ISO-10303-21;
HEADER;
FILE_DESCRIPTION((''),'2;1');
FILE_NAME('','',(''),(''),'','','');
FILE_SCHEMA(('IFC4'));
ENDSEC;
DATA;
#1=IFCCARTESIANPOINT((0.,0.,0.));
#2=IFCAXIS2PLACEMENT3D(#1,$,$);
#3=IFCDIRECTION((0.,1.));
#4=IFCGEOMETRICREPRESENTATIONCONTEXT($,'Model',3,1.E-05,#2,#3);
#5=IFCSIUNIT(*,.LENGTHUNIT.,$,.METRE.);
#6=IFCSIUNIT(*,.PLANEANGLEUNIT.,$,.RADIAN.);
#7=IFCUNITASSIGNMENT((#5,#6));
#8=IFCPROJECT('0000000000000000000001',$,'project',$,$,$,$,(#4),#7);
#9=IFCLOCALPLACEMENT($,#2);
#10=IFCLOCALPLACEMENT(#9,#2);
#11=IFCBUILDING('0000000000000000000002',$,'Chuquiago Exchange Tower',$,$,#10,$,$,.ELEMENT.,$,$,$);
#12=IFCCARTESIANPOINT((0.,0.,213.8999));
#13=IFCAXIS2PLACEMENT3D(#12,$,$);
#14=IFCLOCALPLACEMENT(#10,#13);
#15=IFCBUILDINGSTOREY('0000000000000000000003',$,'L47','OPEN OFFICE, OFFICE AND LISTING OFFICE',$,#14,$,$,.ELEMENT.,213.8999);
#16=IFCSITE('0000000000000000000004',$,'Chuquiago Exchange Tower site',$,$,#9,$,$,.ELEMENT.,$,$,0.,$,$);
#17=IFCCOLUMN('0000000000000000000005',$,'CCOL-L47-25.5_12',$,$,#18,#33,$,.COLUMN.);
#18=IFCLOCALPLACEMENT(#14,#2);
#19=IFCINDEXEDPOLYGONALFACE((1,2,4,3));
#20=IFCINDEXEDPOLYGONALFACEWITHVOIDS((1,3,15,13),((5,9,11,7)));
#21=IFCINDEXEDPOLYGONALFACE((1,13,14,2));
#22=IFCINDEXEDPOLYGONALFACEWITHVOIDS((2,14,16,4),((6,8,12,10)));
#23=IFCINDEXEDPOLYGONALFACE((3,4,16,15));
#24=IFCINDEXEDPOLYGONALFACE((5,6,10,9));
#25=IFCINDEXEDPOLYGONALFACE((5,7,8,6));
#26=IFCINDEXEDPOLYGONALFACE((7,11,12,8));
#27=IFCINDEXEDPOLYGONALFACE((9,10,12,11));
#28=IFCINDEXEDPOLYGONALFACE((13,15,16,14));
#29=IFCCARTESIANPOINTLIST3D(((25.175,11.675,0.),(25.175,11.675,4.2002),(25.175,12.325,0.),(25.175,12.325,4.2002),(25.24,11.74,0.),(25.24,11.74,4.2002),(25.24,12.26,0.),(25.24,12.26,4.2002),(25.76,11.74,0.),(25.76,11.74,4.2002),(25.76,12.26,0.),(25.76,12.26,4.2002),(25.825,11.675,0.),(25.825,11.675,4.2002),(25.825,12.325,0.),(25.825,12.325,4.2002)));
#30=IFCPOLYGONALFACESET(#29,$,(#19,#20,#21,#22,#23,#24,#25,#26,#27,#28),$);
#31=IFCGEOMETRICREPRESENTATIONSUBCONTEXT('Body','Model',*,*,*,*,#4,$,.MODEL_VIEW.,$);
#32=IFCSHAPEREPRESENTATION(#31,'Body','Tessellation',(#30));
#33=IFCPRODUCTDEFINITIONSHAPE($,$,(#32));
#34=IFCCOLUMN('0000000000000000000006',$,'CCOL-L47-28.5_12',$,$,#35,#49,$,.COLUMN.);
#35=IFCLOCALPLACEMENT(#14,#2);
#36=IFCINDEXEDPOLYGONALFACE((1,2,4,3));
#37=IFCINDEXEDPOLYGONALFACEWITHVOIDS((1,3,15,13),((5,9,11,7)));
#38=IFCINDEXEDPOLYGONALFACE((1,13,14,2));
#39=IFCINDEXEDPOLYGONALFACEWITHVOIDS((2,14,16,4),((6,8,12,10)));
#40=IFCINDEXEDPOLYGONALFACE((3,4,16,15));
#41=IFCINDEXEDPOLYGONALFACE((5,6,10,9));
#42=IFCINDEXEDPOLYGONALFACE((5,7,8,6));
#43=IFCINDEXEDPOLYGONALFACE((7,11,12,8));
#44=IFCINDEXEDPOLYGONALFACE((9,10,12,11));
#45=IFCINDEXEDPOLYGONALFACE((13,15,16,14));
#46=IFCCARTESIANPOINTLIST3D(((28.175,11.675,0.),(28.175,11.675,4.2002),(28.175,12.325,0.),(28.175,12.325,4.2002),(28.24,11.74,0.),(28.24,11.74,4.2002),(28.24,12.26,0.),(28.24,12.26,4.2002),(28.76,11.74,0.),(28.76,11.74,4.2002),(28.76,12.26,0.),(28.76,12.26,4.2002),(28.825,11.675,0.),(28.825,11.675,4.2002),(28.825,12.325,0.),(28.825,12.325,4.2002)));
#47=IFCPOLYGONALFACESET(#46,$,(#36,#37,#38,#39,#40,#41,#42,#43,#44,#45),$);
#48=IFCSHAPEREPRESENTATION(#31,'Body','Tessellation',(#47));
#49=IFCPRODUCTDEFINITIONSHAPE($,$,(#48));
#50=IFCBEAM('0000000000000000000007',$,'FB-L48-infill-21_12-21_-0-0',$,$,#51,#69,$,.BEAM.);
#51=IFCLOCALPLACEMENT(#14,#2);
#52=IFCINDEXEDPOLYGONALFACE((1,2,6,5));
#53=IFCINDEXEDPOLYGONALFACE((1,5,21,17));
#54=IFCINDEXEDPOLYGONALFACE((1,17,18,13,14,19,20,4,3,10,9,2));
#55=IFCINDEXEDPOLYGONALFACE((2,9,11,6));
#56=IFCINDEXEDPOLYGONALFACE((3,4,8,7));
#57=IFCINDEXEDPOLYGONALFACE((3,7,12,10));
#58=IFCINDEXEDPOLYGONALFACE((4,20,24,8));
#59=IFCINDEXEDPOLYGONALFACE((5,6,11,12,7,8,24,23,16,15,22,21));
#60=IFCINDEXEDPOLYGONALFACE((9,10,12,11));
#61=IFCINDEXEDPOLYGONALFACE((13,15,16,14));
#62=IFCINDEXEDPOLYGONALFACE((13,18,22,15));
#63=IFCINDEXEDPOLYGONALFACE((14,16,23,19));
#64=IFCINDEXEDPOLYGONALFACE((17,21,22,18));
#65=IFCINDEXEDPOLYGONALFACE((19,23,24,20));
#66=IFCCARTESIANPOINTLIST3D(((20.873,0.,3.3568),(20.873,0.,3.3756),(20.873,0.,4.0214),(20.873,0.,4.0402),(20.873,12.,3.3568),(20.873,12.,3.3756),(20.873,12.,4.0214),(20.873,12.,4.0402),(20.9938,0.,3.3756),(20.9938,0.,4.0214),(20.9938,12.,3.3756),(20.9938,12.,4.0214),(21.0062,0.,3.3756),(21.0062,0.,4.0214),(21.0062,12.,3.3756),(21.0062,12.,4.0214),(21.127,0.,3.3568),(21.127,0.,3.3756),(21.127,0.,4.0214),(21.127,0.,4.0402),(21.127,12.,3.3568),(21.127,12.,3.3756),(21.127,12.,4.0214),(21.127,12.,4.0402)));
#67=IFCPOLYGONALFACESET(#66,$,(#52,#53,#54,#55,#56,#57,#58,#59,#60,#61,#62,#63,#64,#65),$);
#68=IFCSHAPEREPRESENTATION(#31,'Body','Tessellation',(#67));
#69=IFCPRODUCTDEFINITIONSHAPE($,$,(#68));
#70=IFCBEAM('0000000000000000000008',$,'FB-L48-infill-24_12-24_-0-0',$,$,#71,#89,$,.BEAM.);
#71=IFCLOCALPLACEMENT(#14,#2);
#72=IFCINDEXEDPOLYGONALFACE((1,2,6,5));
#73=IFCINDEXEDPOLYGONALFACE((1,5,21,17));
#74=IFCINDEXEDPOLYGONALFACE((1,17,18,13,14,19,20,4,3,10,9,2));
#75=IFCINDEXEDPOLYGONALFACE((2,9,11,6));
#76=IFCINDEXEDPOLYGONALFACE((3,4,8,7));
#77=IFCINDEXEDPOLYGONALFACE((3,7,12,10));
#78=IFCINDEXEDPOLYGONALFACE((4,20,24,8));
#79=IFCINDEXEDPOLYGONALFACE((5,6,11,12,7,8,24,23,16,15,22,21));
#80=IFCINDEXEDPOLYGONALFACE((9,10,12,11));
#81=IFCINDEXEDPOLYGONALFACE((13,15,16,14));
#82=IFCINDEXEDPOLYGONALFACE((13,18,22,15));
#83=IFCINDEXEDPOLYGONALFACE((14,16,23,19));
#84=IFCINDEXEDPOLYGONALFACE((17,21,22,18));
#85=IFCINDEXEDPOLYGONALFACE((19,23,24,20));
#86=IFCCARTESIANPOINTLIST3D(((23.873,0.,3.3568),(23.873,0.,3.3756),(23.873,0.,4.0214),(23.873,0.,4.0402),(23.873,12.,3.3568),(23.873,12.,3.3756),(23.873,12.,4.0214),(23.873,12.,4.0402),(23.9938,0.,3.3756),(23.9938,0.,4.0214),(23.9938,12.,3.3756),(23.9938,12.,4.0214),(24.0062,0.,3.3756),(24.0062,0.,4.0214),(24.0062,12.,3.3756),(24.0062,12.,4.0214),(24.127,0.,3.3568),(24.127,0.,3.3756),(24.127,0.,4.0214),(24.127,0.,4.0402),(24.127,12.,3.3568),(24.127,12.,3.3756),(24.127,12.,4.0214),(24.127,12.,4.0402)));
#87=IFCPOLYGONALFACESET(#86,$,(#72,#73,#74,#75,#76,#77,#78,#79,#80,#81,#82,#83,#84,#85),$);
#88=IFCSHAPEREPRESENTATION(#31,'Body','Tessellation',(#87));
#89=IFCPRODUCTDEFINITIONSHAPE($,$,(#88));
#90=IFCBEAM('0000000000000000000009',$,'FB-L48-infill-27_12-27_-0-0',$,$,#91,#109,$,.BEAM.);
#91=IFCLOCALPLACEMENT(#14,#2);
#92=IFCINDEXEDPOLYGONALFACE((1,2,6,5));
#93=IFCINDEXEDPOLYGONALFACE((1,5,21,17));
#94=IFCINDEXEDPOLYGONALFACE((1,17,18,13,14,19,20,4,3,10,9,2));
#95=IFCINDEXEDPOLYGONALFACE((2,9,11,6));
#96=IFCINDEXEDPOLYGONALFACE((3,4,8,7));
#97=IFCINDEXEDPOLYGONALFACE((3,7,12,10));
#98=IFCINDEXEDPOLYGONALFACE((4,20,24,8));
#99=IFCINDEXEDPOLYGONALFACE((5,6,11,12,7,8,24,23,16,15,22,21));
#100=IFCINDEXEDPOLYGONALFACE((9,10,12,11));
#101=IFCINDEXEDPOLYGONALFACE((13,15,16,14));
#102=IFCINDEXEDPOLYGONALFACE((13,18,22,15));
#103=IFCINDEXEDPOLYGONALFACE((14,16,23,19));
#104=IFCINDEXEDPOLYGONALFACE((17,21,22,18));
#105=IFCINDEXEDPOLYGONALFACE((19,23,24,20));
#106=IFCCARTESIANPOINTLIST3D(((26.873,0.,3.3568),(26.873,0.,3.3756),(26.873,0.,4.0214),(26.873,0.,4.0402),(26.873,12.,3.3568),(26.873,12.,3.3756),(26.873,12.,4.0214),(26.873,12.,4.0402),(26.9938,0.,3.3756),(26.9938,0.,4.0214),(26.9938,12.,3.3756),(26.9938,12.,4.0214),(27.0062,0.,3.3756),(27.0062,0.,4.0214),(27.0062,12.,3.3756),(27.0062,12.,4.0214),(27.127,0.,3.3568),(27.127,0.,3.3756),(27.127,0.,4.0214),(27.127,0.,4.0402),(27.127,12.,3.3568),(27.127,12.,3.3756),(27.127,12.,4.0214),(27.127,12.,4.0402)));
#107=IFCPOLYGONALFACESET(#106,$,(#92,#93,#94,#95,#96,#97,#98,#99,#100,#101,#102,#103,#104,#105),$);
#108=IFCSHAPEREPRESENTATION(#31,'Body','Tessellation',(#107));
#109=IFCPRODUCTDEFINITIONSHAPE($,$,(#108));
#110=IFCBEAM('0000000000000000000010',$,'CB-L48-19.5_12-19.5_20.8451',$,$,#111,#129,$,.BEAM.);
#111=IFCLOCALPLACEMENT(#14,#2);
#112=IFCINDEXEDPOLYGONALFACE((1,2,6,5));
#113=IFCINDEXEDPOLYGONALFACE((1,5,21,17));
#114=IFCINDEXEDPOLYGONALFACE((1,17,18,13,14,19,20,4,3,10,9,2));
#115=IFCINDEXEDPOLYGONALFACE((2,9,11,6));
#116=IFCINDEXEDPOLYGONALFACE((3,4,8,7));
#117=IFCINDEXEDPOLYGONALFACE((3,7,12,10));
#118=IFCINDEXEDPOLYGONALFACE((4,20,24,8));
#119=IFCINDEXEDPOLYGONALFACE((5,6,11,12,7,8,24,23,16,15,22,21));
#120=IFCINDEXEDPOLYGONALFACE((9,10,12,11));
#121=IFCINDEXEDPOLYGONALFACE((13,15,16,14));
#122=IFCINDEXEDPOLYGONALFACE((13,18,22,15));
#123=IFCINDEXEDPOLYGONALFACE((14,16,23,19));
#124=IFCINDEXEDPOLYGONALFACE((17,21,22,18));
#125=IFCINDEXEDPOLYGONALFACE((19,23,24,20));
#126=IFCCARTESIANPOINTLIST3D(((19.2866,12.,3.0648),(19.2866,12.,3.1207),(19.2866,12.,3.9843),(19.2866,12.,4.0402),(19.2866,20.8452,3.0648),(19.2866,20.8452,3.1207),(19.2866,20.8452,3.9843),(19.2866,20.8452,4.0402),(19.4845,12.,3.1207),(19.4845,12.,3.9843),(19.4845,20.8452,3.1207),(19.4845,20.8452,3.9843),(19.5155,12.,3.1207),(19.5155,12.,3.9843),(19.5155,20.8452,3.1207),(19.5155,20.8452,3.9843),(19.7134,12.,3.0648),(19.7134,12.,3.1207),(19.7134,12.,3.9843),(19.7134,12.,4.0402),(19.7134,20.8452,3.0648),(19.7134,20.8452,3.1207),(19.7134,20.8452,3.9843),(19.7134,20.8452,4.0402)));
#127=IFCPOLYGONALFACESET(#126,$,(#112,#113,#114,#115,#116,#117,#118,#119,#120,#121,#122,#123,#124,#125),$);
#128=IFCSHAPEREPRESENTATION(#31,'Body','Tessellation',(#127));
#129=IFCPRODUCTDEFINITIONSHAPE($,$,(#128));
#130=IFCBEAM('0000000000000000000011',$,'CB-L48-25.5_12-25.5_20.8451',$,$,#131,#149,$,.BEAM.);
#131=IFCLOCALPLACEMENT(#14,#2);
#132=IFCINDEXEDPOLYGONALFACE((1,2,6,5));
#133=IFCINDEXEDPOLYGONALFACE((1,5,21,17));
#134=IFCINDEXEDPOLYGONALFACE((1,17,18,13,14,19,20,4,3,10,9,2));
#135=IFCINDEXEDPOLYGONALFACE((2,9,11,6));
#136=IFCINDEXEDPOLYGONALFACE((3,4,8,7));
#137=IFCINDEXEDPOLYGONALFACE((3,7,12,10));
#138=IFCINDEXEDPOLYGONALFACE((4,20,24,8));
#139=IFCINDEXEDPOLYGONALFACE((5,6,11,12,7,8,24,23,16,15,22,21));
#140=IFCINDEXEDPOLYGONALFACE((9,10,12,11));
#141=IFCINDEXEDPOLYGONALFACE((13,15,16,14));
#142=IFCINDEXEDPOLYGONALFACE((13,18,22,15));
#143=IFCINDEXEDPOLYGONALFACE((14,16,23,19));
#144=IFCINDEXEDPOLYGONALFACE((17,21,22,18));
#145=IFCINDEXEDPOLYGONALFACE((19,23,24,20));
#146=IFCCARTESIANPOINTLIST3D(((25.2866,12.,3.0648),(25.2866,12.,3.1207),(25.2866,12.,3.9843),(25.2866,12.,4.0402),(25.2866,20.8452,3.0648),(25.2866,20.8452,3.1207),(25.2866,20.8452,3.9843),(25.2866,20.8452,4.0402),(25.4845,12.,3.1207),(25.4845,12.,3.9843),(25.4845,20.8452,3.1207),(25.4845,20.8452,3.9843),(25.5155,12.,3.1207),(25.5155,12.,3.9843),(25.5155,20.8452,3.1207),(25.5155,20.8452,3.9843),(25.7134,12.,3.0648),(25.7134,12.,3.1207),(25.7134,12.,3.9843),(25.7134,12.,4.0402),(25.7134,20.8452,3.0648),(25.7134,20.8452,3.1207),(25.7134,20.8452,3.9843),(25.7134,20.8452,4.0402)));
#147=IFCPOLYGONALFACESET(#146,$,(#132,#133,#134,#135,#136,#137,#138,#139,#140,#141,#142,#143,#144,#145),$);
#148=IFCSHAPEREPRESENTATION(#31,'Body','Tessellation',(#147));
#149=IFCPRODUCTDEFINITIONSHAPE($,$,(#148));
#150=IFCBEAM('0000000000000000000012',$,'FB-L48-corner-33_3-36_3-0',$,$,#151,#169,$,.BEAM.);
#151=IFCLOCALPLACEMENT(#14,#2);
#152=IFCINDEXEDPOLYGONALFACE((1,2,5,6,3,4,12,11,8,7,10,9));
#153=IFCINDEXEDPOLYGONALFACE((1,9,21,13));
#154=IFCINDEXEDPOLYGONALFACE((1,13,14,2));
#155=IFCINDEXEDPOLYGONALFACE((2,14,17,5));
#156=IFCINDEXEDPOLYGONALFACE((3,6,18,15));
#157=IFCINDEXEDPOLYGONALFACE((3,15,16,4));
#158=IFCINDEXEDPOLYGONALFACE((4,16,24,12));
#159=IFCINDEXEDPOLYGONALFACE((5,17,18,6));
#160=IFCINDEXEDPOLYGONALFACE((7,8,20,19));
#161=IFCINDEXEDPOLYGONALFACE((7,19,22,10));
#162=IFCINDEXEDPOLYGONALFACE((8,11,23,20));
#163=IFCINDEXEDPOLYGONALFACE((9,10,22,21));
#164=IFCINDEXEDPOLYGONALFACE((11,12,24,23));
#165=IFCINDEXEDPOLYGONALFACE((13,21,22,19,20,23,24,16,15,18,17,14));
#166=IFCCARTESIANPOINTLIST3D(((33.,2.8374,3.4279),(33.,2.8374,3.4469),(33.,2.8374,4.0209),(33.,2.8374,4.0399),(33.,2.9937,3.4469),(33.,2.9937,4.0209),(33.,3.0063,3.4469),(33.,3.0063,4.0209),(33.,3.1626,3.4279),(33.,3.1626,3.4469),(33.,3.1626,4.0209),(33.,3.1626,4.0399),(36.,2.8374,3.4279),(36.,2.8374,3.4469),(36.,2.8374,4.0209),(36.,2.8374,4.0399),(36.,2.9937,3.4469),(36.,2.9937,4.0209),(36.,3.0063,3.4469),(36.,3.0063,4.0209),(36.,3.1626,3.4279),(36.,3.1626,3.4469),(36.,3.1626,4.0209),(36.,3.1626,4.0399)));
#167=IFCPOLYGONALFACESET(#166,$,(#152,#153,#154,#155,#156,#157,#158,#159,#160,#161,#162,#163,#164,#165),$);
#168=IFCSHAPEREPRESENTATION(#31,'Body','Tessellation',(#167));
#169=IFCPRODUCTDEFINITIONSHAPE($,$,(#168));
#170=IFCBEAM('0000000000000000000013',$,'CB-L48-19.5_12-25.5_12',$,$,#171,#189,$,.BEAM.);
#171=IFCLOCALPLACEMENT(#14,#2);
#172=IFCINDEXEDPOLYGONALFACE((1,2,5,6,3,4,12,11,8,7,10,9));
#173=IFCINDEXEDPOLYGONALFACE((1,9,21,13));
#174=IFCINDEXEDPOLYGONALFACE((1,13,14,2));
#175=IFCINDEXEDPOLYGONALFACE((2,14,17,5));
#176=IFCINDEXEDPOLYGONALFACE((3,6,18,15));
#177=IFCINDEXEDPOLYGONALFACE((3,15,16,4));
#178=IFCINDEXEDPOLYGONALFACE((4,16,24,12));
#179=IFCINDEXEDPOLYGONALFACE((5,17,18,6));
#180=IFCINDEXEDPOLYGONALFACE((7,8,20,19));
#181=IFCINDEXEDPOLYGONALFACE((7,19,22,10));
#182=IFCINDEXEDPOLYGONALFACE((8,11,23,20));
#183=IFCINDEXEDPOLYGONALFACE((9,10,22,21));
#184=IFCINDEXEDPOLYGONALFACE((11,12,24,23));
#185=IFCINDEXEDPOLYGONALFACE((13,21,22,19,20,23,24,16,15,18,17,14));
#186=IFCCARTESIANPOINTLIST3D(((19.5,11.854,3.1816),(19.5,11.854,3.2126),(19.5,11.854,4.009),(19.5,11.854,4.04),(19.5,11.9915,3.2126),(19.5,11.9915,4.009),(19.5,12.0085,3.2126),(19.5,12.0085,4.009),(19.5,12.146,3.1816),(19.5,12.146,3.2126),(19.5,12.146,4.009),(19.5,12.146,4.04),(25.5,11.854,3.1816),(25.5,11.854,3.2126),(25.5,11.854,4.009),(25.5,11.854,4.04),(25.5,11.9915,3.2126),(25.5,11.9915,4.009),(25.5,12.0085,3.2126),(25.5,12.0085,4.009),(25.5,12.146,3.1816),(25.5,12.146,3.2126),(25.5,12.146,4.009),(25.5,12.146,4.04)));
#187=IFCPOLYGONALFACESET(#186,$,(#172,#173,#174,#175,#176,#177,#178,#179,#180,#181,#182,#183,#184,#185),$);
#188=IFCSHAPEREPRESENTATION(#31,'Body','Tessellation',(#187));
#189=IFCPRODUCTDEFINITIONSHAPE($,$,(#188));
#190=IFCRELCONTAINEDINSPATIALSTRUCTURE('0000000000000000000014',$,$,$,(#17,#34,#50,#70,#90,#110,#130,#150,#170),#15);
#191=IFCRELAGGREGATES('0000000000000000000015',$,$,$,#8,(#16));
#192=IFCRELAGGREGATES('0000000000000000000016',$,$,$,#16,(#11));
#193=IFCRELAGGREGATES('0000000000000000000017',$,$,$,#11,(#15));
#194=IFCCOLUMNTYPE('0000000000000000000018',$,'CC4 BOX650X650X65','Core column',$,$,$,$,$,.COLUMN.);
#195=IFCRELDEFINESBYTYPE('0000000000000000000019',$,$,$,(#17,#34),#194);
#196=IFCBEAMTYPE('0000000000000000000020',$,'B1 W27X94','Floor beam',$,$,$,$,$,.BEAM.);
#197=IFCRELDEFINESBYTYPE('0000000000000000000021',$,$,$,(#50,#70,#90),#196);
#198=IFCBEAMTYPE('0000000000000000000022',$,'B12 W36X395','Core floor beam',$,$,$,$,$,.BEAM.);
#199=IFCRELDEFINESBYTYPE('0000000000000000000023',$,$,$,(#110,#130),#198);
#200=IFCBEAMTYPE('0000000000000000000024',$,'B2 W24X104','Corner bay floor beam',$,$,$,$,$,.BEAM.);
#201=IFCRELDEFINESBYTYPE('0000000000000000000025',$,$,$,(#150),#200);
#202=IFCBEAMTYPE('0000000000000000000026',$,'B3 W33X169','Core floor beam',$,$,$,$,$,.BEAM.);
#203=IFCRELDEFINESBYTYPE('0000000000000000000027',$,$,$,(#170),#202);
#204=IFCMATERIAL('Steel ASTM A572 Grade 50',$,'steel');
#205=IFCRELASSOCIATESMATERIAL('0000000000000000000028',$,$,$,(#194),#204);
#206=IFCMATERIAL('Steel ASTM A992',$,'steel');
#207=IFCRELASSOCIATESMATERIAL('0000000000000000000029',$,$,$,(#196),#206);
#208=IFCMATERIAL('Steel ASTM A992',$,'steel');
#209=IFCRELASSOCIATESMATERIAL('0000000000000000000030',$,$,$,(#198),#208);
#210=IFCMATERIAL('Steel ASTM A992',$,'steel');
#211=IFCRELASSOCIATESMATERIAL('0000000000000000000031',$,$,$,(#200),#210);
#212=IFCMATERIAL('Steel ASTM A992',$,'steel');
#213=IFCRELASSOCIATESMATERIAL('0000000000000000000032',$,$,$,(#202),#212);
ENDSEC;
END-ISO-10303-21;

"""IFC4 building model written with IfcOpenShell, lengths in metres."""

from ifc_helpers import new_model, si_unit, direction, frame, origin, origin_2d, place, context, subcontext, project, spatial, hollow_rectangle, i_section, extrude, material, material_profile, profile_set, type_object, element, save


model = new_model("IFC4")

# Units and contexts
model_context = context("Model", 3, precision=1e-05, world=origin(), true_north=direction((0.0, 1.0)))
body_context = subcontext(model_context, "Body", "Model", "MODEL_VIEW")
ifc_project = project(units=[si_unit("LENGTHUNIT", "METRE"), si_unit("PLANEANGLEUNIT", "RADIAN")], contexts=[model_context])

# Site, building, storey
site_placement = place(None, origin())
site = spatial("IfcSite", under=ifc_project, at=site_placement, Name="Chuquiago Exchange Tower site", CompositionType="ELEMENT", RefElevation=0.0)
building_placement = place(site_placement, origin())
building = spatial("IfcBuilding", under=site, at=building_placement, Name="Chuquiago Exchange Tower", CompositionType="ELEMENT")
storey_placement = place(building_placement, frame((0.0, 0.0, 213.8999)))
storey = spatial("IfcBuildingStorey", under=building, at=storey_placement, Name="L47", Description="OPEN OFFICE, OFFICE AND LISTING OFFICE", CompositionType="ELEMENT", Elevation=213.8999)

# Columns
ifc_material_1 = material(Name="Steel ASTM A572 Grade 50", Category="steel")
ifc_material_profile_1 = material_profile(ifc_material_1, hollow_rectangle(XDim=0.6499, YDim=0.6499, WallThickness=0.0649, at=origin_2d()), Name="BOX650X650X65")
ifc_profile_set_1 = profile_set([ifc_material_profile_1], Name="Steel ASTM A572 Grade 50")
column_type = type_object("IfcColumnType", Name="CC4 BOX650X650X65", Description="Core column", PredefinedType="COLUMN", material=ifc_profile_set_1)
for number, where, z_axis, x_axis, name in (
    (1, (25.5, 12.0, 0.0), (0.0, 0.0, 1.0), (1.0, 0.0, 0.0), "CCOL-L47-25.5_12"),
    (2, (28.5, 12.0, 0.0), (0.0, 0.0, 1.0), (1.0, 0.0, 0.0), "CCOL-L47-28.5_12"),
):
    element("IfcColumn", number, at=place(storey_placement, frame(where, z_axis=z_axis, x_axis=x_axis)), inside=storey, type_object=column_type, Name=name, PredefinedType="COLUMN", context=body_context, shape_type="SweptSolid", body=[
        extrude(hollow_rectangle(XDim=0.6499, YDim=0.6499, WallThickness=0.0649, at=origin_2d()), origin(), (0.0, 0.0, 1.0), 4.2002),
    ])

# Beams
ifc_material_2 = material(Name="Steel ASTM A992", Category="steel")
ifc_material_profile_2 = material_profile(ifc_material_2, i_section(OverallWidth=0.2539, OverallDepth=0.6833, WebThickness=0.0125, FlangeThickness=0.0188, at=origin_2d()), Name="W27X94")
ifc_profile_set_2 = profile_set([ifc_material_profile_2], Name="Steel ASTM A992")
beam_type_1 = type_object("IfcBeamType", Name="B1 W27X94", Description="Floor beam", PredefinedType="BEAM", material=ifc_profile_set_2)
for number, where, z_axis, x_axis, name in (
    (3, (21.0, 12.0, 3.6985), (0.0, -1.0, 0.0), (1.0, 0.0, 0.0), "FB-L48-infill-21_12-21_-0-0"),
    (4, (24.0, 12.0, 3.6985), (0.0, -1.0, 0.0), (1.0, 0.0, 0.0), "FB-L48-infill-24_12-24_-0-0"),
    (5, (27.0, 12.0, 3.6985), (0.0, -1.0, 0.0), (1.0, 0.0, 0.0), "FB-L48-infill-27_12-27_-0-0"),
):
    element("IfcBeam", number, at=place(storey_placement, frame(where, z_axis=z_axis, x_axis=x_axis)), inside=storey, type_object=beam_type_1, Name=name, PredefinedType="BEAM", context=body_context, shape_type="SweptSolid", body=[
        extrude(i_section(OverallWidth=0.2539, OverallDepth=0.6833, WebThickness=0.0125, FlangeThickness=0.0188, at=origin_2d()), origin(), (0.0, 0.0, 1.0), 12.0),
    ])
ifc_material_3 = material(Name="Steel ASTM A992", Category="steel")
ifc_material_profile_3 = material_profile(ifc_material_3, i_section(OverallWidth=0.4268, OverallDepth=0.9753, WebThickness=0.031, FlangeThickness=0.0559, at=origin_2d()), Name="W36X395")
ifc_profile_set_3 = profile_set([ifc_material_profile_3], Name="Steel ASTM A992")
beam_type_2 = type_object("IfcBeamType", Name="B12 W36X395", Description="Core floor beam", PredefinedType="BEAM", material=ifc_profile_set_3)
for number, where, z_axis, x_axis, name in (
    (6, (19.5, 12.0, 3.5525), (0.0, 1.0, 0.0), (-1.0, 0.0, 0.0), "CB-L48-19.5_12-19.5_20.8451"),
    (7, (25.5, 12.0, 3.5525), (0.0, 1.0, 0.0), (-1.0, 0.0, 0.0), "CB-L48-25.5_12-25.5_20.8451"),
):
    element("IfcBeam", number, at=place(storey_placement, frame(where, z_axis=z_axis, x_axis=x_axis)), inside=storey, type_object=beam_type_2, Name=name, PredefinedType="BEAM", context=body_context, shape_type="SweptSolid", body=[
        extrude(i_section(OverallWidth=0.4268, OverallDepth=0.9753, WebThickness=0.031, FlangeThickness=0.0559, at=origin_2d()), origin(), (0.0, 0.0, 1.0), 8.8452),
    ])
ifc_material_4 = material(Name="Steel ASTM A992", Category="steel")
ifc_material_profile_4 = material_profile(ifc_material_4, i_section(OverallWidth=0.3252, OverallDepth=0.6121, WebThickness=0.0127, FlangeThickness=0.019, at=origin_2d()), Name="W24X104")
ifc_profile_set_4 = profile_set([ifc_material_profile_4], Name="Steel ASTM A992")
beam_type_3 = type_object("IfcBeamType", Name="B2 W24X104", Description="Corner bay floor beam", PredefinedType="BEAM", material=ifc_profile_set_4)
beam_1_placement = place(storey_placement, frame((33.0, 3.0, 3.7339), z_axis=(1.0, 0.0, 0.0), x_axis=(0.0, 1.0, 0.0)))
element("IfcBeam", 8, at=beam_1_placement, inside=storey, type_object=beam_type_3, Name="FB-L48-corner-33_3-36_3-0", PredefinedType="BEAM", context=body_context, shape_type="SweptSolid", body=[
    extrude(i_section(OverallWidth=0.3252, OverallDepth=0.6121, WebThickness=0.0127, FlangeThickness=0.019, at=origin_2d()), origin(), (0.0, 0.0, 1.0), 3.0),
])
ifc_material_5 = material(Name="Steel ASTM A992", Category="steel")
ifc_material_profile_5 = material_profile(ifc_material_5, i_section(OverallWidth=0.292, OverallDepth=0.8584, WebThickness=0.0171, FlangeThickness=0.031, at=origin_2d()), Name="W33X169")
ifc_profile_set_5 = profile_set([ifc_material_profile_5], Name="Steel ASTM A992")
beam_type_4 = type_object("IfcBeamType", Name="B3 W33X169", Description="Core floor beam", PredefinedType="BEAM", material=ifc_profile_set_5)
beam_2_placement = place(storey_placement, frame((19.5, 12.0, 3.6108), z_axis=(1.0, 0.0, 0.0), x_axis=(0.0, 1.0, 0.0)))
element("IfcBeam", 9, at=beam_2_placement, inside=storey, type_object=beam_type_4, Name="CB-L48-19.5_12-25.5_12", PredefinedType="BEAM", context=body_context, shape_type="SweptSolid", body=[
    extrude(i_section(OverallWidth=0.292, OverallDepth=0.8584, WebThickness=0.0171, FlangeThickness=0.031, at=origin_2d()), origin(), (0.0, 0.0, 1.0), 6.0),
])

save(model, "model.ifc")
